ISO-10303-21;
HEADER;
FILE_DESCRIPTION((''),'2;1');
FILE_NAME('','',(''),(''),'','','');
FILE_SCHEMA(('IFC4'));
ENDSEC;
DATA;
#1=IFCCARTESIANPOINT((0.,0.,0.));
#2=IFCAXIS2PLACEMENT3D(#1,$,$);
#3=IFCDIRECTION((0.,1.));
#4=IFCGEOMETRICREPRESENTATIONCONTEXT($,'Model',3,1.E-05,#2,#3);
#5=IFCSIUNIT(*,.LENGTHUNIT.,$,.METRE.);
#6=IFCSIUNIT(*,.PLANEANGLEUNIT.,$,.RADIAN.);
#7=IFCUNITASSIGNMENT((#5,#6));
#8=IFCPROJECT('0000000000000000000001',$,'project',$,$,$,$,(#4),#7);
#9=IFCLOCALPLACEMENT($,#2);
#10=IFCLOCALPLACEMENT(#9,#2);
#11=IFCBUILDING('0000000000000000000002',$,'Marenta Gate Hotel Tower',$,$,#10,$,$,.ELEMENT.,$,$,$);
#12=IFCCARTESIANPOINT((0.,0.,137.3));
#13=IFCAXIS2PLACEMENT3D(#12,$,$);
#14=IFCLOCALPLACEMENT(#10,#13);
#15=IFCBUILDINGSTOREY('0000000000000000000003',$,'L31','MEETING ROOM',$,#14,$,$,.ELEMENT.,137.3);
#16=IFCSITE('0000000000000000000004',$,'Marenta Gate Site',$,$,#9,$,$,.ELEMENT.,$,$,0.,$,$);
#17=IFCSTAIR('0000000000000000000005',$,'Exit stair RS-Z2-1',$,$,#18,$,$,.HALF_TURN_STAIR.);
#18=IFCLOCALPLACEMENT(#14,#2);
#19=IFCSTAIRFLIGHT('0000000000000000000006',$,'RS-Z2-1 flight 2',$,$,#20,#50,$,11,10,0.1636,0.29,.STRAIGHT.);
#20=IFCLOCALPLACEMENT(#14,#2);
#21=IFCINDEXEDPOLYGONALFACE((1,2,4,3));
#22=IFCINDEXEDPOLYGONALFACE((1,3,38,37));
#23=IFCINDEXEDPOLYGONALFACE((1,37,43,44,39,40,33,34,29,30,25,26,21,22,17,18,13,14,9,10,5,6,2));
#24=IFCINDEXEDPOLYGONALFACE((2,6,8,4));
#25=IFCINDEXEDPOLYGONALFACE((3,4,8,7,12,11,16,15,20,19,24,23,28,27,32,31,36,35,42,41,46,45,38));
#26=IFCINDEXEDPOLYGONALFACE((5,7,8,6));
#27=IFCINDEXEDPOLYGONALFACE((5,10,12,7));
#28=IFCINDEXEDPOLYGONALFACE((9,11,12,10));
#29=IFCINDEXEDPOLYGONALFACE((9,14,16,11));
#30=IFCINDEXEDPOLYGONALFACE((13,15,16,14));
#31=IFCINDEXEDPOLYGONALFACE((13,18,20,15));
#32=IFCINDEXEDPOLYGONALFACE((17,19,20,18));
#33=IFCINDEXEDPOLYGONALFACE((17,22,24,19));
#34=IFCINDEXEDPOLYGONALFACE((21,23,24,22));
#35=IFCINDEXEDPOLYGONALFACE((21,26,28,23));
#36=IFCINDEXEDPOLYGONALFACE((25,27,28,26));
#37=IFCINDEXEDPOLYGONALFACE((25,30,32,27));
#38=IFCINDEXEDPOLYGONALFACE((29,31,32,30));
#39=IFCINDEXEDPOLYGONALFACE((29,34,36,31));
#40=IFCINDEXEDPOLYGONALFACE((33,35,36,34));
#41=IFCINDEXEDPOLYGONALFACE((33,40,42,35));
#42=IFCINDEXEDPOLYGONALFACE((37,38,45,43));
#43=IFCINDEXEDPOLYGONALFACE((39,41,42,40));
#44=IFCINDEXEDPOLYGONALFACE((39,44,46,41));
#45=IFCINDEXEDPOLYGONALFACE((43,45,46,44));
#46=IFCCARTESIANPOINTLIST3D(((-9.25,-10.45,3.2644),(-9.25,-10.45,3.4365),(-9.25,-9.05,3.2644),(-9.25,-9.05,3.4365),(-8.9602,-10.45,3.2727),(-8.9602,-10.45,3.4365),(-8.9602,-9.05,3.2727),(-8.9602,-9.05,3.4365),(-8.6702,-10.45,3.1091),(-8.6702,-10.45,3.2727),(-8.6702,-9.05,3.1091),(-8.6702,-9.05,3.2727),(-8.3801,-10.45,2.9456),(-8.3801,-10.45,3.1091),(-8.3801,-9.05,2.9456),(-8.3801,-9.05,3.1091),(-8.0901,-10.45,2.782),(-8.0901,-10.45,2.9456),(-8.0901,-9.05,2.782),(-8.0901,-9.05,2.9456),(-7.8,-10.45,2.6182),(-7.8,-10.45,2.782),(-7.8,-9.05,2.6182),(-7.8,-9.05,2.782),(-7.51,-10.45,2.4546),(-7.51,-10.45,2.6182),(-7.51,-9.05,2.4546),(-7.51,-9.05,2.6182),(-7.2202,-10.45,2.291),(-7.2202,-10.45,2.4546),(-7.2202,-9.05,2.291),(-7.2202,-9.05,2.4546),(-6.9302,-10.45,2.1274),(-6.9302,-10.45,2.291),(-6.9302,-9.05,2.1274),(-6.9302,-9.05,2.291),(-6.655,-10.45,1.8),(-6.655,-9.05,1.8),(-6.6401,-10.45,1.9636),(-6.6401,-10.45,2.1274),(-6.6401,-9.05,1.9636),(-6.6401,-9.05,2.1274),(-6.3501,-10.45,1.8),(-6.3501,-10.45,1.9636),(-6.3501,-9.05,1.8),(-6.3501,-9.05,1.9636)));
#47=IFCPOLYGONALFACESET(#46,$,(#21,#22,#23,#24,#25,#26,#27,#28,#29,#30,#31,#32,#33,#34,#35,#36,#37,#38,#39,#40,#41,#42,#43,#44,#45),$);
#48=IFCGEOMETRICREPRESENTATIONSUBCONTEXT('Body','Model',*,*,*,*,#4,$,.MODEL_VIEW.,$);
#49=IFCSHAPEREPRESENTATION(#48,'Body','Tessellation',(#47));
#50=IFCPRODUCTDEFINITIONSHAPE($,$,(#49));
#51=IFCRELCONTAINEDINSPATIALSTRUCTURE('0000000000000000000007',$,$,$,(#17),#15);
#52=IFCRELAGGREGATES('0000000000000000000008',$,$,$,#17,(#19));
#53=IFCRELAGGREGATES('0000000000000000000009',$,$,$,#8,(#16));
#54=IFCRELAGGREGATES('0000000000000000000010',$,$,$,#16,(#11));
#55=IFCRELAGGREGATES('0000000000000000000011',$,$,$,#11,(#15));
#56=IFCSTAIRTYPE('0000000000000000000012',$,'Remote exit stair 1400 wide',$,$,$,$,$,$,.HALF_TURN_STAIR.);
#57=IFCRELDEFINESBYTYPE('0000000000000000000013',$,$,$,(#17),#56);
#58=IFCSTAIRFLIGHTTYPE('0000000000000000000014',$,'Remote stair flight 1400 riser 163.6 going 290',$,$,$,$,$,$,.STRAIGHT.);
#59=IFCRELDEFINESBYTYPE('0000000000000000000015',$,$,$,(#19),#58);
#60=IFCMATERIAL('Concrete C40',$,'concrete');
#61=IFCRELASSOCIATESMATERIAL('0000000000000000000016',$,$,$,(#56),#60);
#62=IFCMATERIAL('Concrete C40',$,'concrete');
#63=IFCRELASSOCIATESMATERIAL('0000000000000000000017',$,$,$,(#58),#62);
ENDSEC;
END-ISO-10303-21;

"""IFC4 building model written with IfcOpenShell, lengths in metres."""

from ifc_helpers import new_model, si_unit, direction, frame, origin, place, context, subcontext, project, spatial, polyline, outline, extrude, material, type_object, element, aggregate, save


model = new_model("IFC4")

# Units and contexts
model_context = context("Model", 3, precision=1e-05, world=origin(), true_north=direction((0.0, 1.0)))
body_context = subcontext(model_context, "Body", "Model", "MODEL_VIEW")
ifc_project = project(units=[si_unit("LENGTHUNIT", "METRE"), si_unit("PLANEANGLEUNIT", "RADIAN")], contexts=[model_context])

# Site, building, storey
site_placement = place(None, origin())
site = spatial("IfcSite", under=ifc_project, at=site_placement, Name="Marenta Gate Site", CompositionType="ELEMENT", RefElevation=0.0)
building_placement = place(site_placement, origin())
building = spatial("IfcBuilding", under=site, at=building_placement, Name="Marenta Gate Hotel Tower", CompositionType="ELEMENT")
storey_placement = place(building_placement, frame((0.0, 0.0, 137.3)))
storey = spatial("IfcBuildingStorey", under=building, at=storey_placement, Name="L31", Description="MEETING ROOM", CompositionType="ELEMENT", Elevation=137.3)

# Stair, stair flight
ifc_material_1 = material(Name="Concrete C40", Category="concrete")
stair_type = type_object("IfcStairType", Name="Remote exit stair 1400 wide", PredefinedType="HALF_TURN_STAIR", material=ifc_material_1)
stair_placement = place(storey_placement, origin())
stair = element("IfcStair", 1, at=stair_placement, inside=storey, type_object=stair_type, Name="Exit stair RS-Z2-1", PredefinedType="HALF_TURN_STAIR")
ifc_material_2 = material(Name="Concrete C40", Category="concrete")
stair_flight_type = type_object("IfcStairFlightType", Name="Remote stair flight 1400 riser 163.6 going 290", PredefinedType="STRAIGHT", material=ifc_material_2)
stair_flight_1_placement = place(storey_placement, frame((-6.3501, -9.75, 1.8), z_axis=(0.0, 0.0, 1.0), x_axis=(-1.0, 0.0, 0.0)))
stair_flight_1 = element("IfcStairFlight", 2, at=stair_flight_1_placement, type_object=stair_flight_type, Name="RS-Z2-1 flight 2", NumberOfRisers=11, NumberOfTreads=10, PredefinedType="STRAIGHT", RiserHeight=0.1636, TreadLength=0.29, context=body_context, shape_type="SweptSolid", body=[
    extrude(outline(polyline([(0.0, 0.0), (0.0, 0.1636), (0.29, 0.1636), (0.29, 0.3274), (0.5801, 0.3274), (0.5801, 0.491), (0.8701, 0.491), (0.8701, 0.6545), (1.1599, 0.6545), (1.1599, 0.8181), (1.45, 0.8181), (1.45, 0.9819), (1.74, 0.9819), (1.74, 1.1455), (2.03, 1.1455), (2.03, 1.3091), (2.3201, 1.3091), (2.3201, 1.4727), (2.6101, 1.4727), (2.6101, 1.6365), (2.8999, 1.6365), (2.8999, 1.8), (2.8999, 1.4644), (0.3049, 0.0), (0.0, 0.0)])), frame((0.0, 0.7, 0.0), z_axis=(0.0, -1.0, 0.0), x_axis=(1.0, 0.0, 0.0)), (0.0, 0.0, 1.0), 1.3999),
])
aggregate(stair, [stair_flight_1])

save(model, "model.ifc")
